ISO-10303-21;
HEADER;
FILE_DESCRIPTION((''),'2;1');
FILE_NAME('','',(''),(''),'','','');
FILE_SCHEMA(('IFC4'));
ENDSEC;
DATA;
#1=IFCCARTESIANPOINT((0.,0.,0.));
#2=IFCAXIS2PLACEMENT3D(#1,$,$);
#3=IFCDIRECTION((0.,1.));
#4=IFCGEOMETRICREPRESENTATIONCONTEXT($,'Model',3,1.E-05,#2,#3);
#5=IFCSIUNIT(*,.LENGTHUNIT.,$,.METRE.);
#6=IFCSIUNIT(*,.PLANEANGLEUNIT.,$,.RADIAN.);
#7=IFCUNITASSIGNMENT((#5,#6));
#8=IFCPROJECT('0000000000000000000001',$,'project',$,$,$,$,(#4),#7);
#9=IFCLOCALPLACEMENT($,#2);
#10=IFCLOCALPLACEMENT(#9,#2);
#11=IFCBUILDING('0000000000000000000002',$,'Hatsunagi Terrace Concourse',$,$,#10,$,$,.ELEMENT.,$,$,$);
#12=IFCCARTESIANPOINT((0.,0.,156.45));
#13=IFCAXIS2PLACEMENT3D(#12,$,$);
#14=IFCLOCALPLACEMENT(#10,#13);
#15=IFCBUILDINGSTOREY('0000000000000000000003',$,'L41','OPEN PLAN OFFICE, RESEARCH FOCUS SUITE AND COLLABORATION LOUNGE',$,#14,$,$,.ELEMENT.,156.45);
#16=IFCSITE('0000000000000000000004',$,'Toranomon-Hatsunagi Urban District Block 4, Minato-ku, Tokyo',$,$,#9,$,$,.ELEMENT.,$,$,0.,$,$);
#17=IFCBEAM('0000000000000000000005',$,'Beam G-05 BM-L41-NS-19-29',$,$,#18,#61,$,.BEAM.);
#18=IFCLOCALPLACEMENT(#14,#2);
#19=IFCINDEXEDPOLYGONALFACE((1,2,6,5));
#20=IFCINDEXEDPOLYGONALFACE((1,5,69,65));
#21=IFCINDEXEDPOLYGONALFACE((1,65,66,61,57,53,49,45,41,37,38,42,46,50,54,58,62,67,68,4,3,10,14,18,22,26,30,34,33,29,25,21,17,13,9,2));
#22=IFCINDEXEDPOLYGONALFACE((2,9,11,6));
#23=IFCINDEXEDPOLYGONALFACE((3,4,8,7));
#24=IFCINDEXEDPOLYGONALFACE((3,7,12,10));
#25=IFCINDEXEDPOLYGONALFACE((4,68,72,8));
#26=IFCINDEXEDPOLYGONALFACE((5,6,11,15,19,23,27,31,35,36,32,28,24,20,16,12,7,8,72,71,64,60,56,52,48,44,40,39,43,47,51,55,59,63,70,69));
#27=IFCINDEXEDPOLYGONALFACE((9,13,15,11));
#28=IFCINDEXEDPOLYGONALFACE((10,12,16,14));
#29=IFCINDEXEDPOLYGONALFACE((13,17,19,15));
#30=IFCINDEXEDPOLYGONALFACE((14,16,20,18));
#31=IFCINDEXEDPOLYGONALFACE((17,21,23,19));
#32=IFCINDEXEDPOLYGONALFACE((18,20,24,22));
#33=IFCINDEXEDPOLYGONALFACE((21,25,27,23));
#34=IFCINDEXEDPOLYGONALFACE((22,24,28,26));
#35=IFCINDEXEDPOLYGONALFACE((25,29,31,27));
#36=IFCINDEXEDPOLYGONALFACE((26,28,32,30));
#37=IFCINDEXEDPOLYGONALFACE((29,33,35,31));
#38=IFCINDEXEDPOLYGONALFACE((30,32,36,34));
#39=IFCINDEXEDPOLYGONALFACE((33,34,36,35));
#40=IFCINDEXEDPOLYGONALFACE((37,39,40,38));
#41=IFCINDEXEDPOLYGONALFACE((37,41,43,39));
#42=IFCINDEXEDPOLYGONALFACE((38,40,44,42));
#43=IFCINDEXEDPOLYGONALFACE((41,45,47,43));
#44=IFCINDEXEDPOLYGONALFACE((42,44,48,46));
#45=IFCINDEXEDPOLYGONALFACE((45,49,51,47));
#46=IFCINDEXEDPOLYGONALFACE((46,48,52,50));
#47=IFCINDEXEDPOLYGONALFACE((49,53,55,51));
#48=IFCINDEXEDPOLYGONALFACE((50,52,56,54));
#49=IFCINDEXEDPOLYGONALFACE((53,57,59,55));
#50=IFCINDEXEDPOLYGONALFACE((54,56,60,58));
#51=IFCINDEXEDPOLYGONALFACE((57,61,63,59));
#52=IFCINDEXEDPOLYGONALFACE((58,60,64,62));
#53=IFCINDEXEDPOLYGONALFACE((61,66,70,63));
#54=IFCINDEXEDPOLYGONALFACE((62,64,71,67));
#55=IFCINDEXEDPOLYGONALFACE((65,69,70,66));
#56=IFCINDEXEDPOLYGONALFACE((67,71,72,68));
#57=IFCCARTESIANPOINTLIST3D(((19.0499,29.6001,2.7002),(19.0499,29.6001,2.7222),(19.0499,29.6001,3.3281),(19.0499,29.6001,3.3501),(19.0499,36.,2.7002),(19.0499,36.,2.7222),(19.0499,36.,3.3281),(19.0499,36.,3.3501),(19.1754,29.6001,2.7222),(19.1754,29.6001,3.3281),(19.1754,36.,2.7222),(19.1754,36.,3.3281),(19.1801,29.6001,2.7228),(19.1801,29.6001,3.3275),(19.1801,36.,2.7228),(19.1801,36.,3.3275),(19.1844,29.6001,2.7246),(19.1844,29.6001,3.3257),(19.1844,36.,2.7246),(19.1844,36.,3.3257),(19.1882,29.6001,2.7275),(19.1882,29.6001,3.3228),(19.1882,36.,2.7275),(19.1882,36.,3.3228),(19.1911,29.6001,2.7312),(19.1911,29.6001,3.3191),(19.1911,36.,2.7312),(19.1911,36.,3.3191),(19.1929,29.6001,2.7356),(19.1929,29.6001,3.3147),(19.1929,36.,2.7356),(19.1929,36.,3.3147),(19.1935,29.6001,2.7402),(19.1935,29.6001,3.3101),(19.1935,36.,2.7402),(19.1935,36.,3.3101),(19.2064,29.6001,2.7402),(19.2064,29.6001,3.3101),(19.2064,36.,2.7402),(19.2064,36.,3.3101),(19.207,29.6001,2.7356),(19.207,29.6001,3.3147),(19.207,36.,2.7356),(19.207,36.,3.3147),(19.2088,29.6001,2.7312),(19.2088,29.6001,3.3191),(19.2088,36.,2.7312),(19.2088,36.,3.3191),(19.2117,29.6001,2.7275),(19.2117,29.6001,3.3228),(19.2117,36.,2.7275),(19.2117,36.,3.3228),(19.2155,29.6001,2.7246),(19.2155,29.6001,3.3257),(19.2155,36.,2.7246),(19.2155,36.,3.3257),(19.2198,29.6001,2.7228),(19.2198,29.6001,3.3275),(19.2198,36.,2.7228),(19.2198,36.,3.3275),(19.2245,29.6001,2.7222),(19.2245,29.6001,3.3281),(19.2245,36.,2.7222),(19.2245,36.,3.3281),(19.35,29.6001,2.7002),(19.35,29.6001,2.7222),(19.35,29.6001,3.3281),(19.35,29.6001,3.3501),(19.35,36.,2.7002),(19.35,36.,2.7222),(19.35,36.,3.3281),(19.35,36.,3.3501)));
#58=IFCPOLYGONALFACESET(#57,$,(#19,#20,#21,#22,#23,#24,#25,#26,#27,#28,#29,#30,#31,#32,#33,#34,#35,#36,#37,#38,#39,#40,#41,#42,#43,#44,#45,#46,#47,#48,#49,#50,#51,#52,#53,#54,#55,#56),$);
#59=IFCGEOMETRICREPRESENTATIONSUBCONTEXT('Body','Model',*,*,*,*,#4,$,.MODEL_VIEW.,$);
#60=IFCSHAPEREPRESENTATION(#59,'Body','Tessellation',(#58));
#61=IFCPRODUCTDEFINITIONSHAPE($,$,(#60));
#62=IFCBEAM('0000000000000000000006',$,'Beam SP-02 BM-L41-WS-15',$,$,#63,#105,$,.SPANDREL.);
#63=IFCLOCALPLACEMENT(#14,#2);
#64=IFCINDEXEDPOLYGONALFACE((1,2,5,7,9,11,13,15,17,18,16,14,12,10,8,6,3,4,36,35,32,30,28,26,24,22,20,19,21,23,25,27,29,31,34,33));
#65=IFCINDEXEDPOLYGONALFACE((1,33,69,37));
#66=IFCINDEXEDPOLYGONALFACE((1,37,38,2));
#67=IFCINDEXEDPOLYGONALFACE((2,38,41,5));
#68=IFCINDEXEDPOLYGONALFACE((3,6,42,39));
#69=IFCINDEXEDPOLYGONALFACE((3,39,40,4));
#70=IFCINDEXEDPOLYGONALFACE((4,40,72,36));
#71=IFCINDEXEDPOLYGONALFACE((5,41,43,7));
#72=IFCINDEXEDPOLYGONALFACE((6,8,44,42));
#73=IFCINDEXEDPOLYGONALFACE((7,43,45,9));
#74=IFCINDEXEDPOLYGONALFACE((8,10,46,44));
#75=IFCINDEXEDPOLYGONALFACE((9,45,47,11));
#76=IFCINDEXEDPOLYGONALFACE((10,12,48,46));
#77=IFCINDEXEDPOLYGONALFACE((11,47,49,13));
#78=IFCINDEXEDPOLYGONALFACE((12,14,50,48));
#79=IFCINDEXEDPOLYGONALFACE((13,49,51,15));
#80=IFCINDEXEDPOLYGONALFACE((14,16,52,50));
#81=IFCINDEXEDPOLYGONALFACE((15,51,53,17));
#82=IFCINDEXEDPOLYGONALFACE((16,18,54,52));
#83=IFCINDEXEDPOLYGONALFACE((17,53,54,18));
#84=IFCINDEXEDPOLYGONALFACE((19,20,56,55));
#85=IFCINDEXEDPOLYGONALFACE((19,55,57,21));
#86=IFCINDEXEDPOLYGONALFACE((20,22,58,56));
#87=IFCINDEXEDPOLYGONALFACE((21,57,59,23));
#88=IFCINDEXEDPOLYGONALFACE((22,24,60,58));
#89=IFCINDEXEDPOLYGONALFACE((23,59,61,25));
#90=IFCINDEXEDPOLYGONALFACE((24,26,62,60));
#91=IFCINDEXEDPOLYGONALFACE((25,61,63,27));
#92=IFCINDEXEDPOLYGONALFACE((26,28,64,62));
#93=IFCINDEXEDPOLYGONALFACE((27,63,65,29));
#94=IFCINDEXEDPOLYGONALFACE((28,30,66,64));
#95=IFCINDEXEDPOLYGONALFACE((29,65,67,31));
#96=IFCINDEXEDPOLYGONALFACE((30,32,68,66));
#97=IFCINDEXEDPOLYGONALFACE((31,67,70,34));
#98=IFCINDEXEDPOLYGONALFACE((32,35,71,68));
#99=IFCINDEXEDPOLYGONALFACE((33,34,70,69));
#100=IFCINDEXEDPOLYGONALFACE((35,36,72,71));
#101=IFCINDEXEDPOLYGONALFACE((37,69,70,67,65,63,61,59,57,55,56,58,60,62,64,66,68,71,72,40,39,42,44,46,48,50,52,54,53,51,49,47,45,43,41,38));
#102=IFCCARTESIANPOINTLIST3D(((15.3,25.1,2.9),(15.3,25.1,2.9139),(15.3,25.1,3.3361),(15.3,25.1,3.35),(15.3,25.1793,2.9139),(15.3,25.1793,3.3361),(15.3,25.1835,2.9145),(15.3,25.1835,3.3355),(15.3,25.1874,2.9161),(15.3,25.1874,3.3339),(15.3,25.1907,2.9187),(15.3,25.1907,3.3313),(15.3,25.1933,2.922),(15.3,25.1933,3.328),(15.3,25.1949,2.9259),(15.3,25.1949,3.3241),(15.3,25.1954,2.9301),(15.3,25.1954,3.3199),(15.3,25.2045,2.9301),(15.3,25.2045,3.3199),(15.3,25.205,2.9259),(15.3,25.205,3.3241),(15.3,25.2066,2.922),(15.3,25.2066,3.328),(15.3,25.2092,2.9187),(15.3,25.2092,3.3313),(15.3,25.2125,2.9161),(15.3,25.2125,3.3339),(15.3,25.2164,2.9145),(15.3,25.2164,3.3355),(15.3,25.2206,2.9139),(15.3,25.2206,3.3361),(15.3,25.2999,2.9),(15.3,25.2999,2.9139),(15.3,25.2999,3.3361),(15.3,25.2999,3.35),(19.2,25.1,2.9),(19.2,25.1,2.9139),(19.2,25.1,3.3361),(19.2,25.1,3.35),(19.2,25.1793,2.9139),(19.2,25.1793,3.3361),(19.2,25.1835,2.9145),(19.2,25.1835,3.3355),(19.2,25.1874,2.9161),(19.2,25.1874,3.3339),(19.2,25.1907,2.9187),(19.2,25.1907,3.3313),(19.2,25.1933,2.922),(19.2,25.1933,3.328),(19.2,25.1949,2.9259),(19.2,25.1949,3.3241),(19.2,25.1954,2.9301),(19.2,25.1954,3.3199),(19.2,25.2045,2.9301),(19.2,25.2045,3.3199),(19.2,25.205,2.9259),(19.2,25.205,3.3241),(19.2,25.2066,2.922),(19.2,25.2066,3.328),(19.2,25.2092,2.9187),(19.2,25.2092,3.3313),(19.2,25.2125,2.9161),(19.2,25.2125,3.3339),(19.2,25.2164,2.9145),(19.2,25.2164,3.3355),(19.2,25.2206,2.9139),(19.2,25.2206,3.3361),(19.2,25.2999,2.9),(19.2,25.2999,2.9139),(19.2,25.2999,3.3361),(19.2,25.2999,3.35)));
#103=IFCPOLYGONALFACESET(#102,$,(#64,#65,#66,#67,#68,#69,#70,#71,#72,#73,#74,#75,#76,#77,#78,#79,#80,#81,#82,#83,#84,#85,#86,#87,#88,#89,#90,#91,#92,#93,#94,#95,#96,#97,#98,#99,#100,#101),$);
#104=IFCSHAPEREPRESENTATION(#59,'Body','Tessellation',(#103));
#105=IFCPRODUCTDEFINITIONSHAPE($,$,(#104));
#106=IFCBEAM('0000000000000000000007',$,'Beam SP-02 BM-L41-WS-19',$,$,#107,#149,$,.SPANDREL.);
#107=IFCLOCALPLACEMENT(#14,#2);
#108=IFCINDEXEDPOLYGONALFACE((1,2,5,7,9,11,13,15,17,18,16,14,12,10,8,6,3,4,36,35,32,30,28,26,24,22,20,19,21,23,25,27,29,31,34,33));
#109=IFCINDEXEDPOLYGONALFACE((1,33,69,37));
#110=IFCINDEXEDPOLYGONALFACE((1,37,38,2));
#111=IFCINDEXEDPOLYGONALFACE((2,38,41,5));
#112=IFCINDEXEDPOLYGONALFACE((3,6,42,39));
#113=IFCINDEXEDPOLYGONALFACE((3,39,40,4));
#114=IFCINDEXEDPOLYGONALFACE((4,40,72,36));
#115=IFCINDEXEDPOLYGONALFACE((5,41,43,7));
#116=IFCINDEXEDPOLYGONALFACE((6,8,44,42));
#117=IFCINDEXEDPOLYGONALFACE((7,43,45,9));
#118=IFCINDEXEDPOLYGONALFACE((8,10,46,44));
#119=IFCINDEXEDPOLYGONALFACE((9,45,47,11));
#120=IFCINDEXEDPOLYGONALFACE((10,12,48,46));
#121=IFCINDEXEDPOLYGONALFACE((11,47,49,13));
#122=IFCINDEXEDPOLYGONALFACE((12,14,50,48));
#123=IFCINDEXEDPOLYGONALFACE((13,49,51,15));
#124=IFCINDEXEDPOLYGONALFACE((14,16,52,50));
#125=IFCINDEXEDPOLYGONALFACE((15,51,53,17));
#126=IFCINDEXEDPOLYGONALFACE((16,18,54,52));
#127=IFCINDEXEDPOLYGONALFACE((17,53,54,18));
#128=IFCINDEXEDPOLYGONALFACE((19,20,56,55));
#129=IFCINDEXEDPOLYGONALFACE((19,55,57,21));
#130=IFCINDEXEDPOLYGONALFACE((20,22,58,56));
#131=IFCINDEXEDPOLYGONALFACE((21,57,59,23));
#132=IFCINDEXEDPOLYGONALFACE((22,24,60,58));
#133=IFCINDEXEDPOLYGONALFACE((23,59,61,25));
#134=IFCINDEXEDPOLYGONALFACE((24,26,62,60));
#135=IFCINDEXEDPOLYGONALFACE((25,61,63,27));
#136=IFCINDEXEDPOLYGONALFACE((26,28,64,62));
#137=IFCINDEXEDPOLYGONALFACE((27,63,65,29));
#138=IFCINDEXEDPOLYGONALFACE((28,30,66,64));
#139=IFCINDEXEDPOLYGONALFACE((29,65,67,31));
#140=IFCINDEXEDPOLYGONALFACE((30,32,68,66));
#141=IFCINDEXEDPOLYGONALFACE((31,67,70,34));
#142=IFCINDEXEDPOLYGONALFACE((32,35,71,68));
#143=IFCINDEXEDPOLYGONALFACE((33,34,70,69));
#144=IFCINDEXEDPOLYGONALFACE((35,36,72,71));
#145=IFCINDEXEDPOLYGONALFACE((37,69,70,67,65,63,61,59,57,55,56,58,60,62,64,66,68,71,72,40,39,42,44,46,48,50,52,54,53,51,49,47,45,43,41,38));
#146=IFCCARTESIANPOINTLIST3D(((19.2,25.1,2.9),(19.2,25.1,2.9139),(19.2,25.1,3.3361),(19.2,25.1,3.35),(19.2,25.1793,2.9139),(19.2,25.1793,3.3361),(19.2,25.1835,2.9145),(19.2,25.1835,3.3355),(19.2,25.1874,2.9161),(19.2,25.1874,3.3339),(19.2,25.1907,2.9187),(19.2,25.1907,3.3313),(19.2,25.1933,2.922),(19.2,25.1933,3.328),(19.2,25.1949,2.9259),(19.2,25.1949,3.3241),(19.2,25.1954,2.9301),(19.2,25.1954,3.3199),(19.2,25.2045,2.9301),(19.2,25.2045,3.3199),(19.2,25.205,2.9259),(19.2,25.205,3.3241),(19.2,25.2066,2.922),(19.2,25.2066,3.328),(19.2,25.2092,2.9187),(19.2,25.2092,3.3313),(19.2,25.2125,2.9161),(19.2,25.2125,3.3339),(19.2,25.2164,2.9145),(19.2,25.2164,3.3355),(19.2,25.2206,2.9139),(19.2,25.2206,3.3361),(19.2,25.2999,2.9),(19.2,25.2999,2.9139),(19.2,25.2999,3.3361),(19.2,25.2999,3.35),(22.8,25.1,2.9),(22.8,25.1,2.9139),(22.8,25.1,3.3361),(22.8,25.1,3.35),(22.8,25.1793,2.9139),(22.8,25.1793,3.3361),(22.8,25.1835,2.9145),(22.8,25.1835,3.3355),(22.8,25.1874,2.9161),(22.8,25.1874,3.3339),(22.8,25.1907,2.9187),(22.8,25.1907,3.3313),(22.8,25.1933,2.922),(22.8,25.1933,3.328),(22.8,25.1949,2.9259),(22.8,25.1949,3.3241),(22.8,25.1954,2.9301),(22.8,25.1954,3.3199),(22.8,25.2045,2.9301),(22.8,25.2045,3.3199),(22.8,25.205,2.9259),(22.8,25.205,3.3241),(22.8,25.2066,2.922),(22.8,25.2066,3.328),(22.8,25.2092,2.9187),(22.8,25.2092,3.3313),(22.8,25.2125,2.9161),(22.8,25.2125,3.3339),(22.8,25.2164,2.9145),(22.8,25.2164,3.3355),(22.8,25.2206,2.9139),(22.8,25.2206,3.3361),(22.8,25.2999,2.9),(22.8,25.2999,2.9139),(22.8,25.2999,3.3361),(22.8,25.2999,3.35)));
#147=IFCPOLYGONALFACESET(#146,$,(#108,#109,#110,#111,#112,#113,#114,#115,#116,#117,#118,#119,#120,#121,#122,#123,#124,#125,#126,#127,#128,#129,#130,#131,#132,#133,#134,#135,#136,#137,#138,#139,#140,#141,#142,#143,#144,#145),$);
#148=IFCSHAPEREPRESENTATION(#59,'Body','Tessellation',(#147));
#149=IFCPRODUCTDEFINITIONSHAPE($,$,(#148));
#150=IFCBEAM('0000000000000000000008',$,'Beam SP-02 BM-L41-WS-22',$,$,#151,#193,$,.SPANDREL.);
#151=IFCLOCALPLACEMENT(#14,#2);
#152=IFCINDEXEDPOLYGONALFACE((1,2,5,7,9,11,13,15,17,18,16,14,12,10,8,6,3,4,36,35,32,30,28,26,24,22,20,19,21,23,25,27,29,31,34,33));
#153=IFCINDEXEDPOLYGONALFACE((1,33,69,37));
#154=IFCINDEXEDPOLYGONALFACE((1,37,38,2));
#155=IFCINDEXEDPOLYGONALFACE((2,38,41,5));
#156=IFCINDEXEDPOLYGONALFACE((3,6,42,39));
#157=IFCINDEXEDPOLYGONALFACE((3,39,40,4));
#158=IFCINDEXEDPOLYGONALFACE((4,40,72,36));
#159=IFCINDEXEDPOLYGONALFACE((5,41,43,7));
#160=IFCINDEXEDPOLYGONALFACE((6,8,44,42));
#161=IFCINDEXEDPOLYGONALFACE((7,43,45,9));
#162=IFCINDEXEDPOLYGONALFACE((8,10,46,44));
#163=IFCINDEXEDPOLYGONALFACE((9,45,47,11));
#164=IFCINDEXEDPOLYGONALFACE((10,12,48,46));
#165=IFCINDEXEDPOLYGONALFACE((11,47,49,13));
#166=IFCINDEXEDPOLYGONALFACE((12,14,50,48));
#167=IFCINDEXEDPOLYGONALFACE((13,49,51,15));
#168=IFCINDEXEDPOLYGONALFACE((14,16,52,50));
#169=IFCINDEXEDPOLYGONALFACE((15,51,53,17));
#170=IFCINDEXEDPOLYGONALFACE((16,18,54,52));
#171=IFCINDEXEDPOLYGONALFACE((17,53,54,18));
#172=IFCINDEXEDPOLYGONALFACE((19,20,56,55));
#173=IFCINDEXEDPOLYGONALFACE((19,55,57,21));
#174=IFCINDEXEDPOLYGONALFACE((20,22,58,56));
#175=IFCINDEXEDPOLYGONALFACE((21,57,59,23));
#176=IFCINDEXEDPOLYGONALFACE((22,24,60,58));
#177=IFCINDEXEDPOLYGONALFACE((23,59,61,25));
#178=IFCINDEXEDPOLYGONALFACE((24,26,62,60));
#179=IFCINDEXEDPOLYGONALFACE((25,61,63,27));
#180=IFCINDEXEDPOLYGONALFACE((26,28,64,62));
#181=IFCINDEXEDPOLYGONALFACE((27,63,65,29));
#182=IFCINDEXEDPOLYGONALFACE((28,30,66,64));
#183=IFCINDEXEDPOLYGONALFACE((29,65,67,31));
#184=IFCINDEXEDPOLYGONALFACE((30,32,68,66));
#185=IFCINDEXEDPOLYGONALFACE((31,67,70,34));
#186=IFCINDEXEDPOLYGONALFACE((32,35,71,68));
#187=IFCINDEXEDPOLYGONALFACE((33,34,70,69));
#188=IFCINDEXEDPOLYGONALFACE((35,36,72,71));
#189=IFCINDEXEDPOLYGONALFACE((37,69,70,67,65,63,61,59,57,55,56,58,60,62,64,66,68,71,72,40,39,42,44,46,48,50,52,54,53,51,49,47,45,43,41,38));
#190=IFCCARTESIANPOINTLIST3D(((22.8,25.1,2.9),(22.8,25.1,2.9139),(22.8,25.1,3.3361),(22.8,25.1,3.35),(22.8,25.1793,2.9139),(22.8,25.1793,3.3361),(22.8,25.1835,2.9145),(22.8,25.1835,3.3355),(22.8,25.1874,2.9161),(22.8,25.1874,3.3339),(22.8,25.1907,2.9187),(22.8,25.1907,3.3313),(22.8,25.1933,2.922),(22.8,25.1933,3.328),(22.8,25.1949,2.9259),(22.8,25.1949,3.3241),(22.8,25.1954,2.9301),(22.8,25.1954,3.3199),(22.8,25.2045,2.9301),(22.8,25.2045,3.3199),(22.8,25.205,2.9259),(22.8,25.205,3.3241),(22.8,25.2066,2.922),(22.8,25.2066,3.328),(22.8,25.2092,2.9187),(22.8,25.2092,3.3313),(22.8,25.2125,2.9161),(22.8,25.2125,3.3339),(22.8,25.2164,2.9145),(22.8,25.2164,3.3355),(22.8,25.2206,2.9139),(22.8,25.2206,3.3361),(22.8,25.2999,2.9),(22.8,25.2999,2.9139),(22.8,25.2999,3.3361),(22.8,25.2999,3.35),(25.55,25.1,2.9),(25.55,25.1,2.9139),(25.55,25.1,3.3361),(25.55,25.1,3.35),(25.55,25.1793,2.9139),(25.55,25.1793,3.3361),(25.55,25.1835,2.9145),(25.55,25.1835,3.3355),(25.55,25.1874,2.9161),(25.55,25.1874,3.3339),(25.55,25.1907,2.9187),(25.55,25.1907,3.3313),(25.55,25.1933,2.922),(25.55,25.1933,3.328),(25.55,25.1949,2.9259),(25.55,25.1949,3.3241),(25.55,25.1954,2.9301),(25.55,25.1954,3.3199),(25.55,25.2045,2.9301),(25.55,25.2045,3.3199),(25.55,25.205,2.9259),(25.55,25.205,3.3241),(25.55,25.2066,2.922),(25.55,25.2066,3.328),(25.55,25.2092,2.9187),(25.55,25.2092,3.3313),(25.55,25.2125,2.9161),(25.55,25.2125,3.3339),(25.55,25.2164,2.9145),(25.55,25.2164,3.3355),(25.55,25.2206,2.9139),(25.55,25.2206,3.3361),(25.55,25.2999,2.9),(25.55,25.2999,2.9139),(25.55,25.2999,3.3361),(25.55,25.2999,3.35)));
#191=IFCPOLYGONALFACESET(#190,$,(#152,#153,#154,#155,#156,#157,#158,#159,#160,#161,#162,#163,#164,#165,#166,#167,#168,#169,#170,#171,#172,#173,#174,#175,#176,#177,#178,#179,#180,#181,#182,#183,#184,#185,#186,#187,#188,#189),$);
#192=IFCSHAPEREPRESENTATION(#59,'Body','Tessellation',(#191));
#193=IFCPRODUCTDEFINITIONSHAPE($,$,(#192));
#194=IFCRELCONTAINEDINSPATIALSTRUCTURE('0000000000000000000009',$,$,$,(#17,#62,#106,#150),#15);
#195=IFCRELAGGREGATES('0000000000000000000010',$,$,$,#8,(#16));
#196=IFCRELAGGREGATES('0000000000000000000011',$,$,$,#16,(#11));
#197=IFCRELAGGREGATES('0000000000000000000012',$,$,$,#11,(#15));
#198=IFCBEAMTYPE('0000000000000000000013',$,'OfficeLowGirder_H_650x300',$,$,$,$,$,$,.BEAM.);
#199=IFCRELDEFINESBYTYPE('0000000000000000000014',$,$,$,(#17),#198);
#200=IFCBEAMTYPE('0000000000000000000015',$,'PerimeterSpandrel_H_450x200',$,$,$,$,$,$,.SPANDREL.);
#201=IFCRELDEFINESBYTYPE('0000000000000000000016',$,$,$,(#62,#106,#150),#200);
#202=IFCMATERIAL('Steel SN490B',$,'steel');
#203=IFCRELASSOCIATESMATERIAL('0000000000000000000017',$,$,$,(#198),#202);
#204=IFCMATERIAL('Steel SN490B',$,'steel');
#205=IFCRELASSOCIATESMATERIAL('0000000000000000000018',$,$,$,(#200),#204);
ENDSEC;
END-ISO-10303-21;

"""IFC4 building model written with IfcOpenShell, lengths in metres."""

from ifc_helpers import new_model, si_unit, direction, frame, origin, origin_2d, place, context, subcontext, project, spatial, i_section, extrude, material, material_profile, profile_set, type_object, element, save


model = new_model("IFC4")

# Units and contexts
model_context = context("Model", 3, precision=1e-05, world=origin(), true_north=direction((0.0, 1.0)))
body_context = subcontext(model_context, "Body", "Model", "MODEL_VIEW")
ifc_project = project(units=[si_unit("LENGTHUNIT", "METRE"), si_unit("PLANEANGLEUNIT", "RADIAN")], contexts=[model_context])

# Site, building, storey
site_placement = place(None, origin())
site = spatial("IfcSite", under=ifc_project, at=site_placement, Name="Toranomon-Hatsunagi Urban District Block 4, Minato-ku, Tokyo", CompositionType="ELEMENT", RefElevation=0.0)
building_placement = place(site_placement, origin())
building = spatial("IfcBuilding", under=site, at=building_placement, Name="Hatsunagi Terrace Concourse", CompositionType="ELEMENT")
storey_placement = place(building_placement, frame((0.0, 0.0, 156.45)))
storey = spatial("IfcBuildingStorey", under=building, at=storey_placement, Name="L41", Description="OPEN PLAN OFFICE, RESEARCH FOCUS SUITE AND COLLABORATION LOUNGE", CompositionType="ELEMENT", Elevation=156.45)

# Beams
ifc_material_1 = material(Name="Steel SN490B", Category="steel")
ifc_material_profile_1 = material_profile(ifc_material_1, i_section(OverallWidth=0.3, OverallDepth=0.6499, WebThickness=0.0129, FlangeThickness=0.022, FilletRadius=0.0181, at=origin_2d()), Name="H-650x300x13x22")
ifc_profile_set_1 = profile_set([ifc_material_profile_1], Name="Steel SN490B")
beam_type_1 = type_object("IfcBeamType", Name="OfficeLowGirder_H_650x300", PredefinedType="BEAM", material=ifc_profile_set_1)
beam_1_placement = place(storey_placement, frame((19.2, 29.6001, 3.0251), z_axis=(0.0, 1.0, 0.0), x_axis=(-1.0, 0.0, 0.0)))
element("IfcBeam", 1, at=beam_1_placement, inside=storey, type_object=beam_type_1, Name="Beam G-05 BM-L41-NS-19-29", PredefinedType="BEAM", context=body_context, shape_type="SweptSolid", body=[
    extrude(i_section(OverallWidth=0.3, OverallDepth=0.6499, WebThickness=0.0129, FlangeThickness=0.022, FilletRadius=0.0181, at=origin_2d()), origin(), (0.0, 0.0, 1.0), 6.3999),
])
ifc_material_2 = material(Name="Steel SN490B", Category="steel")
ifc_material_profile_2 = material_profile(ifc_material_2, i_section(OverallWidth=0.2, OverallDepth=0.45, WebThickness=0.009, FlangeThickness=0.0139, FilletRadius=0.0161, at=origin_2d()), Name="H-450x200x9x14")
ifc_profile_set_2 = profile_set([ifc_material_profile_2], Name="Steel SN490B")
beam_type_2 = type_object("IfcBeamType", Name="PerimeterSpandrel_H_450x200", PredefinedType="SPANDREL", material=ifc_profile_set_2)
beam_2_placement = place(storey_placement, frame((15.3, 25.2, 3.125), z_axis=(1.0, 0.0, 0.0), x_axis=(0.0, 1.0, 0.0)))
element("IfcBeam", 2, at=beam_2_placement, inside=storey, type_object=beam_type_2, Name="Beam SP-02 BM-L41-WS-15", PredefinedType="SPANDREL", context=body_context, shape_type="SweptSolid", body=[
    extrude(i_section(OverallWidth=0.2, OverallDepth=0.45, WebThickness=0.009, FlangeThickness=0.0139, FilletRadius=0.0161, at=origin_2d()), origin(), (0.0, 0.0, 1.0), 3.8999),
])
beam_3_placement = place(storey_placement, frame((19.2, 25.2, 3.125), z_axis=(1.0, 0.0, 0.0), x_axis=(0.0, 1.0, 0.0)))
element("IfcBeam", 3, at=beam_3_placement, inside=storey, type_object=beam_type_2, Name="Beam SP-02 BM-L41-WS-19", PredefinedType="SPANDREL", context=body_context, shape_type="SweptSolid", body=[
    extrude(i_section(OverallWidth=0.2, OverallDepth=0.45, WebThickness=0.009, FlangeThickness=0.0139, FilletRadius=0.0161, at=origin_2d()), origin(), (0.0, 0.0, 1.0), 3.6001),
])
beam_4_placement = place(storey_placement, frame((22.8, 25.2, 3.125), z_axis=(1.0, 0.0, 0.0), x_axis=(0.0, 1.0, 0.0)))
element("IfcBeam", 4, at=beam_4_placement, inside=storey, type_object=beam_type_2, Name="Beam SP-02 BM-L41-WS-22", PredefinedType="SPANDREL", context=body_context, shape_type="SweptSolid", body=[
    extrude(i_section(OverallWidth=0.2, OverallDepth=0.45, WebThickness=0.009, FlangeThickness=0.0139, FilletRadius=0.0161, at=origin_2d()), origin(), (0.0, 0.0, 1.0), 2.75),
])

save(model, "model.ifc")
